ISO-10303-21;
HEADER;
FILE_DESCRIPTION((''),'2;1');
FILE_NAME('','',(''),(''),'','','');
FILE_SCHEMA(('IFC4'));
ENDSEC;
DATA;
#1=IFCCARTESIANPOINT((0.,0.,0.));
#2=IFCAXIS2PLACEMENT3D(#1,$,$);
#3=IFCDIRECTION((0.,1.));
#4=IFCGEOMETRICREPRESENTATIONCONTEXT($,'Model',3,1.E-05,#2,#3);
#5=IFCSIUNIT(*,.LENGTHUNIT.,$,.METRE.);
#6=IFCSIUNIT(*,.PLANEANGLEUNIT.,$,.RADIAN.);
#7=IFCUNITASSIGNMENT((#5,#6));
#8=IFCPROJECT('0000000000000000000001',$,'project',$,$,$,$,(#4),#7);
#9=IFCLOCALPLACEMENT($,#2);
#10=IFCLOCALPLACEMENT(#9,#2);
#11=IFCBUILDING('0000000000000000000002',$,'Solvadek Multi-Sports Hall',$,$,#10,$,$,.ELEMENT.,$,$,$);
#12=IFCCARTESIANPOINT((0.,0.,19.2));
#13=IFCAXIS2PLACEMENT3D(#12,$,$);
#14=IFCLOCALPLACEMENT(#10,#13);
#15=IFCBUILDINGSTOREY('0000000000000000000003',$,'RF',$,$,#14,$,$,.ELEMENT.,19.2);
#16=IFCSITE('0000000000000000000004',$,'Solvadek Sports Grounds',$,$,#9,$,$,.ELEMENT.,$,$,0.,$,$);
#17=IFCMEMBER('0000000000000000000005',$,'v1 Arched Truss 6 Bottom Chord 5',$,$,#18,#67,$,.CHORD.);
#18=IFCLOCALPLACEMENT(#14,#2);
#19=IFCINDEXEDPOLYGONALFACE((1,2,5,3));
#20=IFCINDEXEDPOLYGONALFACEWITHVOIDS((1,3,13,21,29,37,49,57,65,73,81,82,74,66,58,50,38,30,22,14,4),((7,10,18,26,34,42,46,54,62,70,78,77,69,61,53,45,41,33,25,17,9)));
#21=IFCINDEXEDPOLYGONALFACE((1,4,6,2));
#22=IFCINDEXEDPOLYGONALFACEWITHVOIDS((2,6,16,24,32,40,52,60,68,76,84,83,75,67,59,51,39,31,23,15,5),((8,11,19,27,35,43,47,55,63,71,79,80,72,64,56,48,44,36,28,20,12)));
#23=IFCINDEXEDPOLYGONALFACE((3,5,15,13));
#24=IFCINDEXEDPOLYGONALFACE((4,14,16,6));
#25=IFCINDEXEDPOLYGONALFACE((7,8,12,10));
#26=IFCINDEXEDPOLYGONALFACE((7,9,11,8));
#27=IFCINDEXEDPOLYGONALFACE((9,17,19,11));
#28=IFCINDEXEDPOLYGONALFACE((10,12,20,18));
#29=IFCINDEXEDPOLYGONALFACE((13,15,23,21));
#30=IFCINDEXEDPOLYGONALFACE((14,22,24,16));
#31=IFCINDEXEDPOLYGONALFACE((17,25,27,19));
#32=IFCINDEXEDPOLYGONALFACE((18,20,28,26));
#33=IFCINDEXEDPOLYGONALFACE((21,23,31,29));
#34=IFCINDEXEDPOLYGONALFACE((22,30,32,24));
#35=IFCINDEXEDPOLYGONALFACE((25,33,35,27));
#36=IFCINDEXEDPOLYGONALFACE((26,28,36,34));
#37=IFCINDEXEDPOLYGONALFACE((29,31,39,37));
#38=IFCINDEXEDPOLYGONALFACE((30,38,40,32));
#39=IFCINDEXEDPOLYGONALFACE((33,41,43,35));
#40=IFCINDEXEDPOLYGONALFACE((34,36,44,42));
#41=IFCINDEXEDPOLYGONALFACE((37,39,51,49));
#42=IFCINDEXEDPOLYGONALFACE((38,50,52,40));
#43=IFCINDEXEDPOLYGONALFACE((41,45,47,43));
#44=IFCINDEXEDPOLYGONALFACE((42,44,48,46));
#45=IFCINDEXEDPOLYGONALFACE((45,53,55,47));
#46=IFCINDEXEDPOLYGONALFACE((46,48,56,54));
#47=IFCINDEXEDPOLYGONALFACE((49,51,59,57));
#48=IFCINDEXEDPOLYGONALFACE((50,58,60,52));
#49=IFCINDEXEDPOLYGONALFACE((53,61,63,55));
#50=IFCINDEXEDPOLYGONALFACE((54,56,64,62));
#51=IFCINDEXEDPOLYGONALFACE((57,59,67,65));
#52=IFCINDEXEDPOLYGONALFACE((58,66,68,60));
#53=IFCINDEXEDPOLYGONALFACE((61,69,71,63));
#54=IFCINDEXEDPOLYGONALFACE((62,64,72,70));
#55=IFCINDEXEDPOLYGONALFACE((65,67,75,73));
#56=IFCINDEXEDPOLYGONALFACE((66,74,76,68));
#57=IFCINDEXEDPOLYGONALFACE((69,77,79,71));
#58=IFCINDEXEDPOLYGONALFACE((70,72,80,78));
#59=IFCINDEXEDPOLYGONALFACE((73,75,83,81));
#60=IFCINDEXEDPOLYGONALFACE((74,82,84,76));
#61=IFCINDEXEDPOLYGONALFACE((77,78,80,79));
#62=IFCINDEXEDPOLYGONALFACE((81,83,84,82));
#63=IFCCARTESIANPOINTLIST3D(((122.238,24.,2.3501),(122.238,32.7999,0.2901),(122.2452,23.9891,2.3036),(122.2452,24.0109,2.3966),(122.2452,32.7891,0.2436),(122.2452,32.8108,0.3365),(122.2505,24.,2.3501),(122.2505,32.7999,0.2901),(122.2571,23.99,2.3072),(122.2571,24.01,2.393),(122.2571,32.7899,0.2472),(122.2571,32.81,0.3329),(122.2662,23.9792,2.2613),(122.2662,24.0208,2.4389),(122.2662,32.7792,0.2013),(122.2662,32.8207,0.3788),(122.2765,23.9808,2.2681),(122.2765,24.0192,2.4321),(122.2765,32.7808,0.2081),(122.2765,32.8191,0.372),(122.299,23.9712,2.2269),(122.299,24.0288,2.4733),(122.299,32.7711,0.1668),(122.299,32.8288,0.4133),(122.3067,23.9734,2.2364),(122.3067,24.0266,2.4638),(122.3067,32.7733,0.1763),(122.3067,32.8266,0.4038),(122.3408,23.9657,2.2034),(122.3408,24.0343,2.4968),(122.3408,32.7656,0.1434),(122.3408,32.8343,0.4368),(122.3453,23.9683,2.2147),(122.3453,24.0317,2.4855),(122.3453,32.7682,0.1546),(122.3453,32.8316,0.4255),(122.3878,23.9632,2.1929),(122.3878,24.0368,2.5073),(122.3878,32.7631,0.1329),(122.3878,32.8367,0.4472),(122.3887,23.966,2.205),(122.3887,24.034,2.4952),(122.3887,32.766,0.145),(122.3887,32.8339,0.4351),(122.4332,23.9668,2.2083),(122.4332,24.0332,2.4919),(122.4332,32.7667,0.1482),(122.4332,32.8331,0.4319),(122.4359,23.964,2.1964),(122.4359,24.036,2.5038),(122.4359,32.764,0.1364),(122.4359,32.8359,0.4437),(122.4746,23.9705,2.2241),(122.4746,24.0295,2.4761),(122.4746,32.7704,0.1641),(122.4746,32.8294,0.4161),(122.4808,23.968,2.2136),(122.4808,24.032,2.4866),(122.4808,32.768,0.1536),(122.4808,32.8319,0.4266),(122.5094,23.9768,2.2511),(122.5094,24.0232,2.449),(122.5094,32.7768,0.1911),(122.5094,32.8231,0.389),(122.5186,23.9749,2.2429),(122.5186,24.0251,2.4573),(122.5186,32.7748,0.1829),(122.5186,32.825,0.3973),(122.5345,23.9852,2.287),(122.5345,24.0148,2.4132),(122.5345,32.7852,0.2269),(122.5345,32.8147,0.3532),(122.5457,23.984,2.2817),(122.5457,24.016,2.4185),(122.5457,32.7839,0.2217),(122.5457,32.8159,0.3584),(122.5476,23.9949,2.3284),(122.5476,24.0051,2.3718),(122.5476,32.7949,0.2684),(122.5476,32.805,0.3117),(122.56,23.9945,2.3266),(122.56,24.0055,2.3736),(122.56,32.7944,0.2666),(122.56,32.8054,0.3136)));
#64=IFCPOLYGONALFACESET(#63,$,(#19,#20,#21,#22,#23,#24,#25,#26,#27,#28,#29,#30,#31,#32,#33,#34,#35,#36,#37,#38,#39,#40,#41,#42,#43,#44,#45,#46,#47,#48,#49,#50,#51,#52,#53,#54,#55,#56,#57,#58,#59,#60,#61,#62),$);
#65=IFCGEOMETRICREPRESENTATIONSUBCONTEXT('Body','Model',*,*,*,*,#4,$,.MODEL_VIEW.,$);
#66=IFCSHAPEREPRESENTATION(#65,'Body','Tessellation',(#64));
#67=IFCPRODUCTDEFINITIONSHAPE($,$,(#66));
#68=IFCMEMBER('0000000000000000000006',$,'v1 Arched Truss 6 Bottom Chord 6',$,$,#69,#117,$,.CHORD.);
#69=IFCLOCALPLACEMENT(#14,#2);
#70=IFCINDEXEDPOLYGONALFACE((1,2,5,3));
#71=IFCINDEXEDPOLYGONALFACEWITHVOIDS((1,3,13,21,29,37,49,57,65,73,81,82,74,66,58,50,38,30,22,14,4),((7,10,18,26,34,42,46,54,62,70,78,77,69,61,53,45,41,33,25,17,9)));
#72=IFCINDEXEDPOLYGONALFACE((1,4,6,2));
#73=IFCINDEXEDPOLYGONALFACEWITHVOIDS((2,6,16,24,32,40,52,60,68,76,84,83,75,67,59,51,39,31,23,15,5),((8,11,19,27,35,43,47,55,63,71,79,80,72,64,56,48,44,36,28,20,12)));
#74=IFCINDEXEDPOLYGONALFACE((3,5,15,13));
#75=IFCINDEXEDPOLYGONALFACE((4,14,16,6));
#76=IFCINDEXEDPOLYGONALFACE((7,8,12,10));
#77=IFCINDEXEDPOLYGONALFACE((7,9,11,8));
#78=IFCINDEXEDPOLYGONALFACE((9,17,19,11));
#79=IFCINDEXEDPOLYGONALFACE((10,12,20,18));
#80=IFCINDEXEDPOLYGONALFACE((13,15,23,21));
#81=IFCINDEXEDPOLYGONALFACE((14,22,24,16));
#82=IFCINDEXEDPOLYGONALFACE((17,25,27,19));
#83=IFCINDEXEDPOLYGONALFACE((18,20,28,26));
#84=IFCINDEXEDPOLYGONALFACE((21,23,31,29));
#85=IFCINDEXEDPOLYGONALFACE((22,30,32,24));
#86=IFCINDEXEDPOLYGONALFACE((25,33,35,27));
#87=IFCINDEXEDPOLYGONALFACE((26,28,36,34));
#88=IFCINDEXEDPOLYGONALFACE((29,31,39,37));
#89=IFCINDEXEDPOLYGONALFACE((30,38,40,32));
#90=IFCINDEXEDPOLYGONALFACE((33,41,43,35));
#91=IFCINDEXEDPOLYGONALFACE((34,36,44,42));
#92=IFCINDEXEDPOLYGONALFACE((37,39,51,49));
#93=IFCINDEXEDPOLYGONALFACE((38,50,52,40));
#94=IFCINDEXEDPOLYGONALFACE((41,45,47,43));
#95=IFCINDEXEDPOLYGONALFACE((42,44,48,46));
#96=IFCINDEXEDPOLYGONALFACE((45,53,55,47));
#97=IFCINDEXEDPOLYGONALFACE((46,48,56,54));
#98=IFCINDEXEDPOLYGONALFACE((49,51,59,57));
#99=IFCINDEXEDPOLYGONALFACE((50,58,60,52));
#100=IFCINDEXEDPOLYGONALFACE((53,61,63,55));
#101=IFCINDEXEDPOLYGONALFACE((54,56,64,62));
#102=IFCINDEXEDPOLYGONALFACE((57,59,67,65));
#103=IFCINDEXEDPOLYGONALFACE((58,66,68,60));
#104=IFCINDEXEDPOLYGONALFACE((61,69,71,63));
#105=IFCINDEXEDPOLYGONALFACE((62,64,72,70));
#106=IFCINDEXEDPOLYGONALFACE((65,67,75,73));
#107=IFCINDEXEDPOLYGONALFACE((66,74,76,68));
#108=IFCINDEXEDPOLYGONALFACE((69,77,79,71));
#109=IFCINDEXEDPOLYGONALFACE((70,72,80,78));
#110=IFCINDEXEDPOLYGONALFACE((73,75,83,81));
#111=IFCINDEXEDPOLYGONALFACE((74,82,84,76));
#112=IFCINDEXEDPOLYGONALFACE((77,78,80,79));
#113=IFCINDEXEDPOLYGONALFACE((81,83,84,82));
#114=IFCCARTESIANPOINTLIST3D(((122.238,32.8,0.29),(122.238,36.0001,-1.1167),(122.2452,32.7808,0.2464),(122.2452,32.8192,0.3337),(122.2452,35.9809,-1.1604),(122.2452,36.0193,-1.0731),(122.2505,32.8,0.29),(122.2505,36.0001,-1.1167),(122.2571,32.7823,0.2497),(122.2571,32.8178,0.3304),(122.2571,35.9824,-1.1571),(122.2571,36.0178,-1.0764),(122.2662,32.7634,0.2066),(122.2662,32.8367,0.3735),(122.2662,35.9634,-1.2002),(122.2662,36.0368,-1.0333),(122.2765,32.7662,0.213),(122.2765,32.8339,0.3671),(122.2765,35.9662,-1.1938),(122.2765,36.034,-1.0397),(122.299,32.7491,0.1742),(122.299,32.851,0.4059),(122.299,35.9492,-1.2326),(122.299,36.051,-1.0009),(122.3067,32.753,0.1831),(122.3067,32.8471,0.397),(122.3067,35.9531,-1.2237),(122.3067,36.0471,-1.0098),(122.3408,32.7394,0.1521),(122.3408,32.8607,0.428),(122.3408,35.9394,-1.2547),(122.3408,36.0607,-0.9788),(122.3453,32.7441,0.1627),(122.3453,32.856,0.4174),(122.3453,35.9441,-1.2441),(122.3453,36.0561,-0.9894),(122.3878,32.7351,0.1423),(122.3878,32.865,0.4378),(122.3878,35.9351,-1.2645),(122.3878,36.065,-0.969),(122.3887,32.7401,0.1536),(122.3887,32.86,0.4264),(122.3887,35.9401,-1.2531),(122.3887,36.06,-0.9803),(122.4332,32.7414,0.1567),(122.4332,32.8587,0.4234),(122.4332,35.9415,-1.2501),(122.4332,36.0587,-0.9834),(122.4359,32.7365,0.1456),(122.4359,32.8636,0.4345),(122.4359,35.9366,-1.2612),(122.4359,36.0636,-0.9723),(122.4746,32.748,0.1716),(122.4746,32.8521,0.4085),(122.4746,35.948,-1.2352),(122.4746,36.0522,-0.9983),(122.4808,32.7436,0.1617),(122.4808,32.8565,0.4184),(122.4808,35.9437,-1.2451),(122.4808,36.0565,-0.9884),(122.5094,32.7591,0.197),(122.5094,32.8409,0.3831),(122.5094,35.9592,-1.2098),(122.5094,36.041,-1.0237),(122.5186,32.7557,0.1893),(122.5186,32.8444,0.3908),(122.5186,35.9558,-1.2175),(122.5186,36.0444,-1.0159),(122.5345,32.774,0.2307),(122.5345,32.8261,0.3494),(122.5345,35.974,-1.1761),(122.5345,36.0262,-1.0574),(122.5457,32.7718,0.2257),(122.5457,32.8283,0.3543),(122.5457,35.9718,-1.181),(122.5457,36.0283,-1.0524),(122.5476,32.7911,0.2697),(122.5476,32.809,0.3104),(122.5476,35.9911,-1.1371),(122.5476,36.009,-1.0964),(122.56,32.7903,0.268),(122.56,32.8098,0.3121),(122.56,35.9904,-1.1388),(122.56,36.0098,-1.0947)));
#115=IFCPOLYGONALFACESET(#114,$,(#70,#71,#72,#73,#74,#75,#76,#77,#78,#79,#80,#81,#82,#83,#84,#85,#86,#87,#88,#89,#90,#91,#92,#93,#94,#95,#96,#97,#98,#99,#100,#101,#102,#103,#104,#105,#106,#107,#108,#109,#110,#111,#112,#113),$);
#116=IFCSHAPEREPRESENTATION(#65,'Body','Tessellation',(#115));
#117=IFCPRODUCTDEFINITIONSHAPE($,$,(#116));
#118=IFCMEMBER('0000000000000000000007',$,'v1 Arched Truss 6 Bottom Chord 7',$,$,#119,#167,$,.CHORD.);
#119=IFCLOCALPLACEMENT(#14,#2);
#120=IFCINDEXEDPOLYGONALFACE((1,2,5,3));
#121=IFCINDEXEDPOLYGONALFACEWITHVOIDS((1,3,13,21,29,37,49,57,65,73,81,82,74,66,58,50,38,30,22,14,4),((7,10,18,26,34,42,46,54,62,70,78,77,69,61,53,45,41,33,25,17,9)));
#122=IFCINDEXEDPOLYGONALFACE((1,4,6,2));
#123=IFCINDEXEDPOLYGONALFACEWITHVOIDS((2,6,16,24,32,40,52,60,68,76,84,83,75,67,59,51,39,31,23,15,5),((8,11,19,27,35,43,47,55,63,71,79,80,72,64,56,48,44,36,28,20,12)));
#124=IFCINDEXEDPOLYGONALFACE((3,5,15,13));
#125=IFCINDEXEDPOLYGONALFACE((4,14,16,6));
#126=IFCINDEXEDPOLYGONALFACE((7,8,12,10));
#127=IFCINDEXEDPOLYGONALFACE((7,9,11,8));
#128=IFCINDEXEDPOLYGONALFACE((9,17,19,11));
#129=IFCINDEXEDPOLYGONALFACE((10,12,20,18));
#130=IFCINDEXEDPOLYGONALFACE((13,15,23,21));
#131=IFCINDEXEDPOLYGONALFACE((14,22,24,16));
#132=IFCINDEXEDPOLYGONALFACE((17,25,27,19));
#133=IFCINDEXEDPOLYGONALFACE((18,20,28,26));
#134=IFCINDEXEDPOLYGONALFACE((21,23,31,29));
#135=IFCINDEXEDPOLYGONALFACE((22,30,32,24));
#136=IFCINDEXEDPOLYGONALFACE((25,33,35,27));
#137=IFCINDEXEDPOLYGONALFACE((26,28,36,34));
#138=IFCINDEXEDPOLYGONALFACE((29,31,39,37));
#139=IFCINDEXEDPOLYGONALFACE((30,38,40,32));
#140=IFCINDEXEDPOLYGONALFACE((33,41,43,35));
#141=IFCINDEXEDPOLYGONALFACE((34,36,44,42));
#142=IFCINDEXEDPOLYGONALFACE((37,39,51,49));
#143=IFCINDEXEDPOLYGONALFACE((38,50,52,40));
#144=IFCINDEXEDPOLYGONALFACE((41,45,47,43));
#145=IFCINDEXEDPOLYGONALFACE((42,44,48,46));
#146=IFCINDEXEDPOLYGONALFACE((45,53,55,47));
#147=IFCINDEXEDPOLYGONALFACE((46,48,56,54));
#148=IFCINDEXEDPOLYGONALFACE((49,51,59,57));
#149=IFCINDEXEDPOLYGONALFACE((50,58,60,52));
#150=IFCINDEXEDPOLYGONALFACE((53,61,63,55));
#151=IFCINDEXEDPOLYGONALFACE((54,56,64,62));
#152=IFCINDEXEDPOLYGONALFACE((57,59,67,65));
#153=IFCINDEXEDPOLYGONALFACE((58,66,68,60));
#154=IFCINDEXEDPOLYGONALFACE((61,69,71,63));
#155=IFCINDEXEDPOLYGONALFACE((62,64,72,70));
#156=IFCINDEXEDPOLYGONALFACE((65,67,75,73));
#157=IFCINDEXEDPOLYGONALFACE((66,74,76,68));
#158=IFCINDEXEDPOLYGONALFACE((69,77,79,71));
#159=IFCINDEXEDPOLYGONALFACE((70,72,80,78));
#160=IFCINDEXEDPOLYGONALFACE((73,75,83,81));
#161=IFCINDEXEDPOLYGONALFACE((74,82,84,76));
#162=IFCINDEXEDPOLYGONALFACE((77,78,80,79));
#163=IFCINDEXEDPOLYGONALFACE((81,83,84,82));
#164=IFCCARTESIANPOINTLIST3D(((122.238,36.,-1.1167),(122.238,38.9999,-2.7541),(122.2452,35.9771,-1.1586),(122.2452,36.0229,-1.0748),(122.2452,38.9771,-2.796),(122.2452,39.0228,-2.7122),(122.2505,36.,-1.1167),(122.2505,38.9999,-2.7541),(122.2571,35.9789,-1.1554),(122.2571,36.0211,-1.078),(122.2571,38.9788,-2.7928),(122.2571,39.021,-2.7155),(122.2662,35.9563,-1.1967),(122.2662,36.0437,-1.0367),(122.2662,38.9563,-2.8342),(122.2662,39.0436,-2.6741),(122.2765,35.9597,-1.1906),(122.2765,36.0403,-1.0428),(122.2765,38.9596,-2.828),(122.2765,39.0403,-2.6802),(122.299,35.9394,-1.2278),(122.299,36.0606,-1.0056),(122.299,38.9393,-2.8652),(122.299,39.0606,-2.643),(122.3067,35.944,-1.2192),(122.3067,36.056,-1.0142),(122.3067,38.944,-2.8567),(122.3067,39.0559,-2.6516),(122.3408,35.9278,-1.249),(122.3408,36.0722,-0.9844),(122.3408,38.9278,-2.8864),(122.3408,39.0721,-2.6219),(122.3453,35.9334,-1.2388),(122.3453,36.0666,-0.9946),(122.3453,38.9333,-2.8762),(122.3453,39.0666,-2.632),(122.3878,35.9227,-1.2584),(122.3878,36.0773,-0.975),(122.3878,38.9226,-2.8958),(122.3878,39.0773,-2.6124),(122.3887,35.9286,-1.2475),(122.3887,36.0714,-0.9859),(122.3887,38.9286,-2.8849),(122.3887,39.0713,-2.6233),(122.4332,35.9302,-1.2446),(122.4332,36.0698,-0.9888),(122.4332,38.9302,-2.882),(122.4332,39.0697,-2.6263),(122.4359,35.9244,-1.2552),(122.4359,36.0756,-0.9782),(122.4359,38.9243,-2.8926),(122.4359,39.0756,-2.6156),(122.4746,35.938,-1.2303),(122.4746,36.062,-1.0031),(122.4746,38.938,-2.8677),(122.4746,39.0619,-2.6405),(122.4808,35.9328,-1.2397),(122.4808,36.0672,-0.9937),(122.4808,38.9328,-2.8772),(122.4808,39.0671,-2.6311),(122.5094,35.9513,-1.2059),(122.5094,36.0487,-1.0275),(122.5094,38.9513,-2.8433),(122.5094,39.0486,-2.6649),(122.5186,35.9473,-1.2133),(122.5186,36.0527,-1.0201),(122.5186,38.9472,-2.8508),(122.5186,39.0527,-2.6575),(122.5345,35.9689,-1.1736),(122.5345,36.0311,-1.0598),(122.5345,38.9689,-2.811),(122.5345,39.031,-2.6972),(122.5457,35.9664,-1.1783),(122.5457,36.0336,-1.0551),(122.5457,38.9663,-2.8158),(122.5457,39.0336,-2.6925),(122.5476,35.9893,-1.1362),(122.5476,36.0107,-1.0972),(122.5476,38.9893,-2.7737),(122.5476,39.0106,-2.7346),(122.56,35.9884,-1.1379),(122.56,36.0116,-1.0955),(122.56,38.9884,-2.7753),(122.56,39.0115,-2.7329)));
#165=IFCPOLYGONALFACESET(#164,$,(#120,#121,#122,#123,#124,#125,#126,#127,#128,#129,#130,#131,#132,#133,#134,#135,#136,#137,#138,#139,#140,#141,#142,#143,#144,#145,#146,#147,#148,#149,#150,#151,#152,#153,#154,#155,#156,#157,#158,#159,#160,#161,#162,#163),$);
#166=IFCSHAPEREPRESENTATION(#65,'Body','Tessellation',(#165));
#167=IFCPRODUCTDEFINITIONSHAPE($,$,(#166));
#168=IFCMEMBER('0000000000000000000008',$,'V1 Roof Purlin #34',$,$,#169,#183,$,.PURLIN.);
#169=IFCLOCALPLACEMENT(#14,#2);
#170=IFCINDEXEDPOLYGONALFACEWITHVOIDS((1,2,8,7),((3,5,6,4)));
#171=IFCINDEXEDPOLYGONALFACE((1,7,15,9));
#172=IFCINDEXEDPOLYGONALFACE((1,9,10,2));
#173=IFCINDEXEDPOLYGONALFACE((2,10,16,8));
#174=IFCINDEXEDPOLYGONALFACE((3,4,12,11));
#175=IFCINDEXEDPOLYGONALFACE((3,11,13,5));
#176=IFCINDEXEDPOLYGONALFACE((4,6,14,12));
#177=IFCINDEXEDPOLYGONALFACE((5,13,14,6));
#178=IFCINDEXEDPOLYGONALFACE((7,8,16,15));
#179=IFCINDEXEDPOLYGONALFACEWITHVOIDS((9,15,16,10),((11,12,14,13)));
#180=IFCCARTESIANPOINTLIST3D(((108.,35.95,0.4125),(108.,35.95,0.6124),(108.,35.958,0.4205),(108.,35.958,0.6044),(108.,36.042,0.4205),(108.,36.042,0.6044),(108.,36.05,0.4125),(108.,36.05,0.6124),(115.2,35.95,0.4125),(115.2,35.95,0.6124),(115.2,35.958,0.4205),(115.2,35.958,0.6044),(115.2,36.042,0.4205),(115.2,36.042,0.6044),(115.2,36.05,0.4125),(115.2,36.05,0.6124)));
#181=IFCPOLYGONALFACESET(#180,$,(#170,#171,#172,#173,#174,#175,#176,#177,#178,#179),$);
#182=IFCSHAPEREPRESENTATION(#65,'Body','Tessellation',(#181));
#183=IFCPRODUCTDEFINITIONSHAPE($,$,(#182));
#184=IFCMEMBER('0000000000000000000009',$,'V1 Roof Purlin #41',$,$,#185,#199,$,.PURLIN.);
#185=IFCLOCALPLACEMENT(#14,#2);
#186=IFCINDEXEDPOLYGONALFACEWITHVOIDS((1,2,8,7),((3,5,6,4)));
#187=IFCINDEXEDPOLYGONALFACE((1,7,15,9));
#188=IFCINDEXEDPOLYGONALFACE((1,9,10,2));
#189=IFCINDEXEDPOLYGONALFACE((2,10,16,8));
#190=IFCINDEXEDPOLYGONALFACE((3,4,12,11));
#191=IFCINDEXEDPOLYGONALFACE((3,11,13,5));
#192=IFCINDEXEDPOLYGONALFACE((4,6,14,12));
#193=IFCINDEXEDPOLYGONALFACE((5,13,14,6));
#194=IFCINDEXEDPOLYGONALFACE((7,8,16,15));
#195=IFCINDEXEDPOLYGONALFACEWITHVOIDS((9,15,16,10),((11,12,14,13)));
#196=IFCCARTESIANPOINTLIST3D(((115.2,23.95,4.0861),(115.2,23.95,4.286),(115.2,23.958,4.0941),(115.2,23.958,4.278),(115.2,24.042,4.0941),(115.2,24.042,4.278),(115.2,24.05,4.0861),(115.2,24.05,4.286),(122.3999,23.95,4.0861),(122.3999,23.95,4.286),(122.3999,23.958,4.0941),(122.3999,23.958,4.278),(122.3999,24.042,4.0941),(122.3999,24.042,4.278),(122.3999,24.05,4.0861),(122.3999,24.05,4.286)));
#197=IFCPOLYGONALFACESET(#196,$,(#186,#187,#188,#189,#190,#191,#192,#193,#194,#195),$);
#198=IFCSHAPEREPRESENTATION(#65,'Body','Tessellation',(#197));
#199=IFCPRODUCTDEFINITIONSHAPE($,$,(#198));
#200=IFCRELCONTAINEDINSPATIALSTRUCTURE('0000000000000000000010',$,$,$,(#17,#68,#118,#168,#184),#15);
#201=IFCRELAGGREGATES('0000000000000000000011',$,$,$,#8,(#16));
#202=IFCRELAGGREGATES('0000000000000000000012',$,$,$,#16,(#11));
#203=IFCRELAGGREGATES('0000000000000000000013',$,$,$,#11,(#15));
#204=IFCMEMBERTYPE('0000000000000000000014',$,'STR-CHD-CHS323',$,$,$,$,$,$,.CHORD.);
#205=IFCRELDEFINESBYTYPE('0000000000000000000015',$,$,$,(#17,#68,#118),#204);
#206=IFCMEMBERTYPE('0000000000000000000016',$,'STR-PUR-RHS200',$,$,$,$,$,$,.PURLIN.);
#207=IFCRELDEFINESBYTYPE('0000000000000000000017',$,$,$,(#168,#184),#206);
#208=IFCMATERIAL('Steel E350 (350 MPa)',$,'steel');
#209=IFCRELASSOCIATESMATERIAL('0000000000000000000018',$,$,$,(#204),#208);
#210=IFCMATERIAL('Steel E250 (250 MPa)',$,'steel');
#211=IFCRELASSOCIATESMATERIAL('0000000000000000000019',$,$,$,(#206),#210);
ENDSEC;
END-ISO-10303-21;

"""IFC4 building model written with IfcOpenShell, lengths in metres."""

from ifc_helpers import new_model, si_unit, direction, frame, origin, origin_2d, place, context, subcontext, project, spatial, hollow_rectangle, hollow_circle, extrude, material, material_profile, profile_set, type_object, element, save


model = new_model("IFC4")

# Units and contexts
model_context = context("Model", 3, precision=1e-05, world=origin(), true_north=direction((0.0, 1.0)))
body_context = subcontext(model_context, "Body", "Model", "MODEL_VIEW")
ifc_project = project(units=[si_unit("LENGTHUNIT", "METRE"), si_unit("PLANEANGLEUNIT", "RADIAN")], contexts=[model_context])

# Site, building, storey
site_placement = place(None, origin())
site = spatial("IfcSite", under=ifc_project, at=site_placement, Name="Solvadek Sports Grounds", CompositionType="ELEMENT", RefElevation=0.0)
building_placement = place(site_placement, origin())
building = spatial("IfcBuilding", under=site, at=building_placement, Name="Solvadek Multi-Sports Hall", CompositionType="ELEMENT")
storey_placement = place(building_placement, frame((0.0, 0.0, 19.2)))
storey = spatial("IfcBuildingStorey", under=building, at=storey_placement, Name="RF", CompositionType="ELEMENT", Elevation=19.2)

# Members
ifc_material_1 = material(Name="Steel E350 (350 MPa)", Category="steel")
ifc_material_profile_1 = material_profile(ifc_material_1, hollow_circle(Radius=0.1619, WallThickness=0.0125, at=origin_2d()), Name="CHS 323.9x12.5")
ifc_profile_set_1 = profile_set([ifc_material_profile_1], Name="Steel E350 (350 MPa)")
member_type_1 = type_object("IfcMemberType", Name="STR-CHD-CHS323", PredefinedType="CHORD", material=ifc_profile_set_1)
member_1_placement = place(storey_placement, frame((122.3999, 24.0, 2.3501), z_axis=(0.0, 0.973677, -0.227934), x_axis=(-1.0, 0.0, 0.0)))
element("IfcMember", 1, at=member_1_placement, inside=storey, type_object=member_type_1, Name="v1 Arched Truss 6 Bottom Chord 5", PredefinedType="CHORD", context=body_context, shape_type="SweptSolid", body=[
    extrude(hollow_circle(Radius=0.1619, WallThickness=0.0125, at=origin_2d()), origin(), (0.0, 0.0, 1.0), 9.0378),
])
member_2_placement = place(storey_placement, frame((122.3999, 32.8, 0.29), z_axis=(0.0, 0.915446, -0.402441), x_axis=(-1.0, 0.0, 0.0)))
element("IfcMember", 2, at=member_2_placement, inside=storey, type_object=member_type_1, Name="v1 Arched Truss 6 Bottom Chord 6", PredefinedType="CHORD", context=body_context, shape_type="SweptSolid", body=[
    extrude(hollow_circle(Radius=0.1619, WallThickness=0.0125, at=origin_2d()), origin(), (0.0, 0.0, 1.0), 3.4956),
])
member_3_placement = place(storey_placement, frame((122.3999, 36.0, -1.1167), z_axis=(0.0, 0.877762, -0.479097), x_axis=(-1.0, 0.0, 0.0)))
element("IfcMember", 3, at=member_3_placement, inside=storey, type_object=member_type_1, Name="v1 Arched Truss 6 Bottom Chord 7", PredefinedType="CHORD", context=body_context, shape_type="SweptSolid", body=[
    extrude(hollow_circle(Radius=0.1619, WallThickness=0.0125, at=origin_2d()), origin(), (0.0, 0.0, 1.0), 3.4177),
])
ifc_material_2 = material(Name="Steel E250 (250 MPa)", Category="steel")
ifc_material_profile_2 = material_profile(ifc_material_2, hollow_rectangle(XDim=0.1001, YDim=0.2, WallThickness=0.0081, at=origin_2d()), Name="RHS 200x100x8")
ifc_profile_set_2 = profile_set([ifc_material_profile_2], Name="Steel E250 (250 MPa)")
member_type_2 = type_object("IfcMemberType", Name="STR-PUR-RHS200", PredefinedType="PURLIN", material=ifc_profile_set_2)
for number, where, z_axis, x_axis, name in (
    (4, (108.0, 36.0, 0.5125), (1.0, 0.0, 0.0), (0.0, 1.0, 0.0), "V1 Roof Purlin #34"),
    (5, (115.2, 24.0, 4.186), (1.0, 0.0, 0.0), (0.0, 1.0, 0.0), "V1 Roof Purlin #41"),
):
    element("IfcMember", number, at=place(storey_placement, frame(where, z_axis=z_axis, x_axis=x_axis)), inside=storey, type_object=member_type_2, Name=name, PredefinedType="PURLIN", context=body_context, shape_type="SweptSolid", body=[
        extrude(hollow_rectangle(XDim=0.1001, YDim=0.2, WallThickness=0.0081, at=origin_2d()), origin(), (0.0, 0.0, 1.0), 7.2),
    ])

save(model, "model.ifc")
